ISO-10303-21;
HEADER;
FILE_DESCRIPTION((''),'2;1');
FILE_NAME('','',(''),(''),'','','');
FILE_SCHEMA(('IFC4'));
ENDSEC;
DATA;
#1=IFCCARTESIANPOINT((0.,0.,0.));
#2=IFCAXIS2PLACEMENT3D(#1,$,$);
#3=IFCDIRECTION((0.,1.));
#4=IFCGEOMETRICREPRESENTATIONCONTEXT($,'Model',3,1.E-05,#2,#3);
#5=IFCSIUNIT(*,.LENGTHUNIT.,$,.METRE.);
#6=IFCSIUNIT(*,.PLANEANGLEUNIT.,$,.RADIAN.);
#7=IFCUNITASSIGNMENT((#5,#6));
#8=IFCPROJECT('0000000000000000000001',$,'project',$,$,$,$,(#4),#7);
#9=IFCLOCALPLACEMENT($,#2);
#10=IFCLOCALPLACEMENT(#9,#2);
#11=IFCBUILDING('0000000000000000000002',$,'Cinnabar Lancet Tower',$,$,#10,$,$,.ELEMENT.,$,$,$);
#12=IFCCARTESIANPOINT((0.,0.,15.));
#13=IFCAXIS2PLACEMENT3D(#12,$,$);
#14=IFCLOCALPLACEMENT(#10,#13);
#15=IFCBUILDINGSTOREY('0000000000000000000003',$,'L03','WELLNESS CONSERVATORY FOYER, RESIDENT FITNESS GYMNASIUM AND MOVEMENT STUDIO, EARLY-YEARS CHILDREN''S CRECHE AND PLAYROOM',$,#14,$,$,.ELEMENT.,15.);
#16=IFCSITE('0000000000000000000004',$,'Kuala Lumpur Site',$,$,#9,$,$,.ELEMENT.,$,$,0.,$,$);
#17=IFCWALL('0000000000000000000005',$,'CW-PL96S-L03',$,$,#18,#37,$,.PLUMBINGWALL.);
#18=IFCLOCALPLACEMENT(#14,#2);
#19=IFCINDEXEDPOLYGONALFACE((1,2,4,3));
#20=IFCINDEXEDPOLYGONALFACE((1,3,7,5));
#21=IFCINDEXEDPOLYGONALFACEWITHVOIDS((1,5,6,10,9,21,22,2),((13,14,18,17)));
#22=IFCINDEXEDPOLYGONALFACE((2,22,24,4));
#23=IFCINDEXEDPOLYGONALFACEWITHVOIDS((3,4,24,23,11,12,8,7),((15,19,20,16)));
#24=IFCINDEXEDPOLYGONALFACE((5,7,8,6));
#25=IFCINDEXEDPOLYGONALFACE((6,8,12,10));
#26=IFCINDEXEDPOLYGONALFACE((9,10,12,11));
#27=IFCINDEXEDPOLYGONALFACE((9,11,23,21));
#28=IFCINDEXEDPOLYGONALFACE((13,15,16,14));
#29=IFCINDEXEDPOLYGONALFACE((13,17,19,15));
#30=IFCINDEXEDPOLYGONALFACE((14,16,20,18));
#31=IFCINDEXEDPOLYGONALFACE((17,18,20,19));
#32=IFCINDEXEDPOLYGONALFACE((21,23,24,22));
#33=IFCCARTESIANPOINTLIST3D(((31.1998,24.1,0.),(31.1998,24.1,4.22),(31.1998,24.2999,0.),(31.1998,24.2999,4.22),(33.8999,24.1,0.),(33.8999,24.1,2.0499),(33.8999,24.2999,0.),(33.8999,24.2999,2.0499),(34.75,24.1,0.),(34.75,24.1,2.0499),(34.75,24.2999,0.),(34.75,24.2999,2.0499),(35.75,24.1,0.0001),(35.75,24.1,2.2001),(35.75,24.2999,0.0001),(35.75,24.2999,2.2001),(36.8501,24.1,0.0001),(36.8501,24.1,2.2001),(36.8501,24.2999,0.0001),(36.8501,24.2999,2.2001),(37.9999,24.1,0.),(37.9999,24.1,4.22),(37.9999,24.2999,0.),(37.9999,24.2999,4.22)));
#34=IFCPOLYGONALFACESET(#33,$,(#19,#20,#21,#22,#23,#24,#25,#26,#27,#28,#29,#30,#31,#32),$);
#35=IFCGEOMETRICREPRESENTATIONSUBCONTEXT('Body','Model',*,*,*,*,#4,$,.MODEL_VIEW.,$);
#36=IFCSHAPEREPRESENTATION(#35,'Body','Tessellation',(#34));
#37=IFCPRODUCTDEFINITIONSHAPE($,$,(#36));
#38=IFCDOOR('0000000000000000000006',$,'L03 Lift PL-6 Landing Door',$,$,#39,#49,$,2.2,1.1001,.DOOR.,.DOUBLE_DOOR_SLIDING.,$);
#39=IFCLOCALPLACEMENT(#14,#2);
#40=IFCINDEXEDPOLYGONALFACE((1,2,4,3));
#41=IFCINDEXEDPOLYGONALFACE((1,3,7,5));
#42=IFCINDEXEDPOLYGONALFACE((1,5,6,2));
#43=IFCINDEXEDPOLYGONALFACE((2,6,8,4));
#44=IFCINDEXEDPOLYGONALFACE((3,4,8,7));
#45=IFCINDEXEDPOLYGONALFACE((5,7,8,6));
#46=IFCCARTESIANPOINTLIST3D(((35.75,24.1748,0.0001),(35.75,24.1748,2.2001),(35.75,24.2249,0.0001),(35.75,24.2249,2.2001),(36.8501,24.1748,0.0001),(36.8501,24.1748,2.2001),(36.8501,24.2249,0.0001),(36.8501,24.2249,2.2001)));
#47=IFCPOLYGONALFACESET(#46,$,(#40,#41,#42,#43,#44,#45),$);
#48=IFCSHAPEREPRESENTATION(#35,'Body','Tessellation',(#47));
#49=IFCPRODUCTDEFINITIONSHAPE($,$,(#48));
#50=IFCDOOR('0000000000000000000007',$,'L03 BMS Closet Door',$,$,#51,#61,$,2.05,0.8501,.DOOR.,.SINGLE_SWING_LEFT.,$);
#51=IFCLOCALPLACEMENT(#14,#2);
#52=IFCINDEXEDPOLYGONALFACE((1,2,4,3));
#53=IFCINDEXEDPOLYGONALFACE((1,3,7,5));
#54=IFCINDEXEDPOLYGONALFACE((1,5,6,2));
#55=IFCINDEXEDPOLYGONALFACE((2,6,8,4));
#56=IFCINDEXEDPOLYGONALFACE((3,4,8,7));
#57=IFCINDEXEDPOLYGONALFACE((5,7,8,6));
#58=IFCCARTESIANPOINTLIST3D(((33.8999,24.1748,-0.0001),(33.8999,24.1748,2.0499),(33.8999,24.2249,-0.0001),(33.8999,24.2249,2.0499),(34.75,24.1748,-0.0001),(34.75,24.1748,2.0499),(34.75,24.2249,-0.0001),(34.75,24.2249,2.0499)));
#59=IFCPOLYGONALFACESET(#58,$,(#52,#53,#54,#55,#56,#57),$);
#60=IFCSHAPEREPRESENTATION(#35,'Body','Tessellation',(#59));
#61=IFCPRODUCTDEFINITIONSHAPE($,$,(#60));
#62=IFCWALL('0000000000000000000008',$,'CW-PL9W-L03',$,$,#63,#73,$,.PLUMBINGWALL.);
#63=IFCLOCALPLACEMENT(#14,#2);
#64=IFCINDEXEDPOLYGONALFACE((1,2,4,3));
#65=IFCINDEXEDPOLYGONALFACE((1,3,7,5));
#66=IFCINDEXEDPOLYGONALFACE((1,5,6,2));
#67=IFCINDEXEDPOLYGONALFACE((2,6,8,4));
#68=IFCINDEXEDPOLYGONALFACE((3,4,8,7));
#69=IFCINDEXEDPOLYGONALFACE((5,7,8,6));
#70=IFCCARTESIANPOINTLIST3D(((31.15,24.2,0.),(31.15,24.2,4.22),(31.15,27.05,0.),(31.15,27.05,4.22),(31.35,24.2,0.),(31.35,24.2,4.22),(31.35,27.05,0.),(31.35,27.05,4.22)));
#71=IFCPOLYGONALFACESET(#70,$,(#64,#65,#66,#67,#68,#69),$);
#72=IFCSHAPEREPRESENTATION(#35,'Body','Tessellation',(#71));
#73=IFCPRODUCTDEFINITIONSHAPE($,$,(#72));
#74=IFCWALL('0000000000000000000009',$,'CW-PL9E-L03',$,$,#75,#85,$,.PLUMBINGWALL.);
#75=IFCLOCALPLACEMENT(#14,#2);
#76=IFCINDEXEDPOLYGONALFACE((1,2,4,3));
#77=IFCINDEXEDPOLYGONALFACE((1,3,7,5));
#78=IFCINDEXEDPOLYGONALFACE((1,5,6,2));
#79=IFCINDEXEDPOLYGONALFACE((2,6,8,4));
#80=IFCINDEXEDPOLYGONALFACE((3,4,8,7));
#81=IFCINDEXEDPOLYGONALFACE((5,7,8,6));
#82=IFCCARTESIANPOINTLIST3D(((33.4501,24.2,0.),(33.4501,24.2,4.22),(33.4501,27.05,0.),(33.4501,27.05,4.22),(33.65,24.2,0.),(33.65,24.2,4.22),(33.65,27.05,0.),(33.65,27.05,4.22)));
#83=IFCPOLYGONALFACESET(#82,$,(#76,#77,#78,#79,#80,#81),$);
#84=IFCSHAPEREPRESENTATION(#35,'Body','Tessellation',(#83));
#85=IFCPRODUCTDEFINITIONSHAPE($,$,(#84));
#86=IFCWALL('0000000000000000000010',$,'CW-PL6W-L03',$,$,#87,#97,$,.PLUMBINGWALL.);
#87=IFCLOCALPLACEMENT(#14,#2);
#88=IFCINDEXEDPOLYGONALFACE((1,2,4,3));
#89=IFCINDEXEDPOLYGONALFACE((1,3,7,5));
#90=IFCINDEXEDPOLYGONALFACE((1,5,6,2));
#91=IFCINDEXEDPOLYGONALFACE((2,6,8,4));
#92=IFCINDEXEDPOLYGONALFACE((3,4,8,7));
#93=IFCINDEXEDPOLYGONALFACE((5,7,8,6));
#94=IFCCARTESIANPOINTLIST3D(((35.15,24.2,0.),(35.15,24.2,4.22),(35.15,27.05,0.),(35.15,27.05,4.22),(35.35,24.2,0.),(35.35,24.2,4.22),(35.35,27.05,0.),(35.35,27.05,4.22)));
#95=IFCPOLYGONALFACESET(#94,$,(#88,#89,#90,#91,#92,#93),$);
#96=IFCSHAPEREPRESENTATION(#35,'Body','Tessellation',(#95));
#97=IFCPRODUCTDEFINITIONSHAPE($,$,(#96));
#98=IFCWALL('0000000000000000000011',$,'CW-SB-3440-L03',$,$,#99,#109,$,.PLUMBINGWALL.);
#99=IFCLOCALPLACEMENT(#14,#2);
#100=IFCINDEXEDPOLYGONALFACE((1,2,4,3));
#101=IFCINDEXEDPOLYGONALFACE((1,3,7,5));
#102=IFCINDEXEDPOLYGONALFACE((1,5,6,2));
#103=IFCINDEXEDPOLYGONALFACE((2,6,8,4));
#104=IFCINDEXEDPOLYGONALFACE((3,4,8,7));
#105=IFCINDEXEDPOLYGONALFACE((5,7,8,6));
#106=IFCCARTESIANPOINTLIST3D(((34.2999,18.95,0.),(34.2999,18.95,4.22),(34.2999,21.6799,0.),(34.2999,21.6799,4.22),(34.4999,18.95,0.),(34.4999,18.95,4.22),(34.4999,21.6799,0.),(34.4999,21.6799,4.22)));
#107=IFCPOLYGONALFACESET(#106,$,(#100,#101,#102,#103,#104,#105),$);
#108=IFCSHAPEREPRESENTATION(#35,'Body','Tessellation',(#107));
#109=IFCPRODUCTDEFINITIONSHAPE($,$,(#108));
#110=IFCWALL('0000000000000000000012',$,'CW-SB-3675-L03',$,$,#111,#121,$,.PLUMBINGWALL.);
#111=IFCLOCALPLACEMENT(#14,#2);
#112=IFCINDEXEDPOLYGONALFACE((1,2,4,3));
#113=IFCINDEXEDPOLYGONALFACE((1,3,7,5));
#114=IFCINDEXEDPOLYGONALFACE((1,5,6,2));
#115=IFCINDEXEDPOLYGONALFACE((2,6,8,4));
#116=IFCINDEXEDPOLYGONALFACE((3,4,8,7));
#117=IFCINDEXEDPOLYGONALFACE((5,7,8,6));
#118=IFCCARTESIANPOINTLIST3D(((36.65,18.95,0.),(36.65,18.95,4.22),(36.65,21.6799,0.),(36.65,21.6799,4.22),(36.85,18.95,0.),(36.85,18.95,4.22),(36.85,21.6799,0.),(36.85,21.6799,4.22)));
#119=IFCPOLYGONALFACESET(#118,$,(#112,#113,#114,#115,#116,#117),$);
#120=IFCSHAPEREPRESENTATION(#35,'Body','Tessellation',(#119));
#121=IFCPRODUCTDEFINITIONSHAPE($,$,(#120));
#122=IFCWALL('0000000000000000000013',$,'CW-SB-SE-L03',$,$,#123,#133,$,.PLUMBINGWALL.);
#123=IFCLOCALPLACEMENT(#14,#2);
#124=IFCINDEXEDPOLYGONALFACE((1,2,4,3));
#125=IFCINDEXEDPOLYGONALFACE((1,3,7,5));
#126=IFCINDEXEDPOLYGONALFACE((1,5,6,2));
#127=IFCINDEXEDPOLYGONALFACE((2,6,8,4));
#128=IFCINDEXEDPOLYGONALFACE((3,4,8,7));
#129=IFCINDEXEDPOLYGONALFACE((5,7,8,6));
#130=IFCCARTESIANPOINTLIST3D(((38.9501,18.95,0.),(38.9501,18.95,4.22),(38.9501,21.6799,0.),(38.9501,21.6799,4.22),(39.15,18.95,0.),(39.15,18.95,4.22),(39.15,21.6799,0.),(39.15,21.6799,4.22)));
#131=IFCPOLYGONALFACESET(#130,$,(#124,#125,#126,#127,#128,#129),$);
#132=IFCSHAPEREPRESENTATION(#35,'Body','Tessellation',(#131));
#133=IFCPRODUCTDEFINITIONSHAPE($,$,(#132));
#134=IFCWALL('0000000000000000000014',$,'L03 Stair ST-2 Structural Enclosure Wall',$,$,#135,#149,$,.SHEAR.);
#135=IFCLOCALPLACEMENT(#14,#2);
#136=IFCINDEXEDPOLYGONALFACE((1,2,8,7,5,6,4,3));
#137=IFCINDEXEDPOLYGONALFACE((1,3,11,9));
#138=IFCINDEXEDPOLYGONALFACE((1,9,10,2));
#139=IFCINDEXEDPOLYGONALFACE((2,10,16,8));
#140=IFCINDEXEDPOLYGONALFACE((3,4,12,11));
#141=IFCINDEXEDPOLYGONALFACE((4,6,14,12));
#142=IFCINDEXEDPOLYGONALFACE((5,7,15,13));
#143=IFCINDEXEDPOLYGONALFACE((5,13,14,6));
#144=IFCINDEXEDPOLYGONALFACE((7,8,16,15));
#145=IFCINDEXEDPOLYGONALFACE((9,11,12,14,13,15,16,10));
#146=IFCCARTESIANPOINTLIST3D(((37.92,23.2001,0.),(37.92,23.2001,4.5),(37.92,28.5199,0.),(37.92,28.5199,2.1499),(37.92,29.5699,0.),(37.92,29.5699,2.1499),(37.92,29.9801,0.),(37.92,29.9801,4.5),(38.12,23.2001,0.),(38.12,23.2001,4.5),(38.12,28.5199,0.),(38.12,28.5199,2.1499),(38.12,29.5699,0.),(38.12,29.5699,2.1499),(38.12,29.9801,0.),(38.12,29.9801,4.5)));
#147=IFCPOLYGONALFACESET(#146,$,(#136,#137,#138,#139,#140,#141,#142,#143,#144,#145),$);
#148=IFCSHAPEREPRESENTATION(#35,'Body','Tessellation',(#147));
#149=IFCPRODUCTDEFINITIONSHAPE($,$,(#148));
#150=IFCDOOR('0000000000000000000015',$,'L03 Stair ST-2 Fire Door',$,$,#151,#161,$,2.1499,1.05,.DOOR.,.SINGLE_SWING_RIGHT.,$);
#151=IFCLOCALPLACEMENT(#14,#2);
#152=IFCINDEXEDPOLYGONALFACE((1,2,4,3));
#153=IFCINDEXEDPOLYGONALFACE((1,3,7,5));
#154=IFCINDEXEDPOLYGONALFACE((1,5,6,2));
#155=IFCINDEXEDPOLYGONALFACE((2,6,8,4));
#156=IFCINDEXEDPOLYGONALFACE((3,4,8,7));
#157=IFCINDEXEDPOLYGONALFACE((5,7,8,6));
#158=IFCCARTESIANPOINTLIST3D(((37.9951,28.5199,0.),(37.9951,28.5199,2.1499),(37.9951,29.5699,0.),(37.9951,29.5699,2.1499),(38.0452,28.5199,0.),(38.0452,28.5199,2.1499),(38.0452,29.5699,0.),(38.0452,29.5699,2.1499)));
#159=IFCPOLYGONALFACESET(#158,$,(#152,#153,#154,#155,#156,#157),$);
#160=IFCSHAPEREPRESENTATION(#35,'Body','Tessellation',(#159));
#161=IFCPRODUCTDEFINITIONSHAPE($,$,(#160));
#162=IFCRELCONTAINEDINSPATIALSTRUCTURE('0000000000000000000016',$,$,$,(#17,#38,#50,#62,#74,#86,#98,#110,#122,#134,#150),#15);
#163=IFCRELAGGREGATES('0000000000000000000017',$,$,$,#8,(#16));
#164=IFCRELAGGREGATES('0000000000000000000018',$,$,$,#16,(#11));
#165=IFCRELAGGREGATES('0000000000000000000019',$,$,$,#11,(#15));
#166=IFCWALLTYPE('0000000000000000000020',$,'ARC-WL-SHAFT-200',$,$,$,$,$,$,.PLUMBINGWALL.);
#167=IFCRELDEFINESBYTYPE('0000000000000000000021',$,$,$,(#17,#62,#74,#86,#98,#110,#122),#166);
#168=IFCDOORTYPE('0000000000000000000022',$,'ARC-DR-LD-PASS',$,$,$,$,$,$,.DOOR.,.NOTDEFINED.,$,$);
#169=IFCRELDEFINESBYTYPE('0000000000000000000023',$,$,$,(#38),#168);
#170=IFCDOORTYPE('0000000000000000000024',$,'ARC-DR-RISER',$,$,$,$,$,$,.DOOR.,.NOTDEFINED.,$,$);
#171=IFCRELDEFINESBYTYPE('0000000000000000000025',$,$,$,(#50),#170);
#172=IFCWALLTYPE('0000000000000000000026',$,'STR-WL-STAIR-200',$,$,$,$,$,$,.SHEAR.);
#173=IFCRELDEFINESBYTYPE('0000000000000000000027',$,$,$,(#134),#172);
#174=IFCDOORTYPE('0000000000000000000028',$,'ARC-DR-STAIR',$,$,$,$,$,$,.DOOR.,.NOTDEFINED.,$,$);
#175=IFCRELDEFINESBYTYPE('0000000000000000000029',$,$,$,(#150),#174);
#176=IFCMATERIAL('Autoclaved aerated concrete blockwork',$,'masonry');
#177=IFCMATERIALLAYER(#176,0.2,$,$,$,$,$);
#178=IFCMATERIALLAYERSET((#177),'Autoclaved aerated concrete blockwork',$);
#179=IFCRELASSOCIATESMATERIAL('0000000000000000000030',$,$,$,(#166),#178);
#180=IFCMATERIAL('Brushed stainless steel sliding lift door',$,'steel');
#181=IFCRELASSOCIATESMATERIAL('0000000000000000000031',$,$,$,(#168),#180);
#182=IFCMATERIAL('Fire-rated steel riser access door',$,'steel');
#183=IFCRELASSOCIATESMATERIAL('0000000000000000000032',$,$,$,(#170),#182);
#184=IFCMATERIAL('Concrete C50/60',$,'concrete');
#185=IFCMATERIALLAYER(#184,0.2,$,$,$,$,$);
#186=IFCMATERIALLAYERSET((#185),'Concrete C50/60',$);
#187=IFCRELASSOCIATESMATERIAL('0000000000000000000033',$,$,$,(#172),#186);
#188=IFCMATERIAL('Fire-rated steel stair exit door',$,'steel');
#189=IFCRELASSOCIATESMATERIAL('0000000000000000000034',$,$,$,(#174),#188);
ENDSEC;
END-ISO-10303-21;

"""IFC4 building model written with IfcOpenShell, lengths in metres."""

from ifc_helpers import new_model, si_unit, direction, frame, frame_2d, origin, place, context, subcontext, project, spatial, rectangle, extrude, material, layer, layer_set, type_object, element, fill, save


model = new_model("IFC4")

# Units and contexts
model_context = context("Model", 3, precision=1e-05, world=origin(), true_north=direction((0.0, 1.0)))
body_context = subcontext(model_context, "Body", "Model", "MODEL_VIEW")
ifc_project = project(units=[si_unit("LENGTHUNIT", "METRE"), si_unit("PLANEANGLEUNIT", "RADIAN")], contexts=[model_context])

# Site, building, storey
site_placement = place(None, origin())
site = spatial("IfcSite", under=ifc_project, at=site_placement, Name="Kuala Lumpur Site", CompositionType="ELEMENT", RefElevation=0.0)
building_placement = place(site_placement, origin())
building = spatial("IfcBuilding", under=site, at=building_placement, Name="Cinnabar Lancet Tower", CompositionType="ELEMENT")
storey_placement = place(building_placement, frame((0.0, 0.0, 15.0)))
storey = spatial("IfcBuildingStorey", under=building, at=storey_placement, Name="L03", Description="WELLNESS CONSERVATORY FOYER, RESIDENT FITNESS GYMNASIUM AND MOVEMENT STUDIO, EARLY-YEARS CHILDREN'S CRECHE AND PLAYROOM", CompositionType="ELEMENT", Elevation=15.0)

# Shared definitions
ifc_material_1 = material(Name="Autoclaved aerated concrete blockwork", Category="masonry")
ifc_layer_1 = layer(ifc_material_1, 0.2)
ifc_layer_set_1 = layer_set([ifc_layer_1], Name="Autoclaved aerated concrete blockwork")
wall_type_1 = type_object("IfcWallType", Name="ARC-WL-SHAFT-200", PredefinedType="PLUMBINGWALL", material=ifc_layer_set_1)

# Wall, openings, doors
wall_1_placement = place(storey_placement, frame((31.2, 24.2, 0.0), z_axis=(0.0, 0.0, 1.0), x_axis=(1.0, 0.0, 0.0)))
wall_1 = element("IfcWall", 1, at=wall_1_placement, inside=storey, type_object=wall_type_1, Name="CW-PL96S-L03", PredefinedType="PLUMBINGWALL", context=body_context, shape_type="SweptSolid", body=[
    extrude(rectangle(XDim=6.8, YDim=0.2, at=frame_2d((3.3999, 0.0))), origin(), (0.0, 0.0, 1.0), 4.22),
])
opening_1_placement = place(wall_1_placement, frame((2.7, 0.0, 0.0)))
opening_1 = element("IfcOpeningElement", 2, at=opening_1_placement, cuts=wall_1, PredefinedType="OPENING", context=body_context, shape_type="SweptSolid", body=[
    extrude(rectangle(XDim=0.8501, YDim=2.05, at=frame_2d((0.425, 1.0249))), frame((0.0, 0.1099, 0.0), z_axis=(0.0, -1.0, 0.0), x_axis=(1.0, 0.0, 0.0)), (0.0, 0.0, 1.0), 0.22),
])
opening_2_placement = place(wall_1_placement, frame((4.55, 0.0, 0.0)))
opening_2 = element("IfcOpeningElement", 3, at=opening_2_placement, cuts=wall_1, PredefinedType="OPENING", context=body_context, shape_type="SweptSolid", body=[
    extrude(rectangle(XDim=1.1001, YDim=2.2, at=frame_2d((0.55, 1.1001))), frame((0.0, 0.1099, 0.0), z_axis=(0.0, -1.0, 0.0), x_axis=(1.0, 0.0, 0.0)), (0.0, 0.0, 1.0), 0.22),
])
ifc_material_2 = material(Name="Brushed stainless steel sliding lift door", Category="steel")
door_type_1 = type_object("IfcDoorType", Name="ARC-DR-LD-PASS", OperationType="NOTDEFINED", PredefinedType="DOOR", material=ifc_material_2)
door_1_placement = place(opening_2_placement, origin())
door_1 = element("IfcDoor", 4, at=door_1_placement, inside=storey, type_object=door_type_1, Name="L03 Lift PL-6 Landing Door", OperationType="DOUBLE_DOOR_SLIDING", OverallHeight=2.2, OverallWidth=1.1001, PredefinedType="DOOR", context=body_context, shape_type="SweptSolid", body=[
    extrude(rectangle(XDim=1.1001, YDim=2.2, at=frame_2d((0.55, 1.1001))), frame((0.0, 0.0249, 0.0), z_axis=(0.0, -1.0, 0.0), x_axis=(1.0, 0.0, 0.0)), (0.0, 0.0, 1.0), 0.05),
])
fill(opening_2, door_1)
ifc_material_3 = material(Name="Fire-rated steel riser access door", Category="steel")
door_type_2 = type_object("IfcDoorType", Name="ARC-DR-RISER", OperationType="NOTDEFINED", PredefinedType="DOOR", material=ifc_material_3)
door_2_placement = place(opening_1_placement, origin())
door_2 = element("IfcDoor", 5, at=door_2_placement, inside=storey, type_object=door_type_2, Name="L03 BMS Closet Door", OperationType="SINGLE_SWING_LEFT", OverallHeight=2.05, OverallWidth=0.8501, PredefinedType="DOOR", context=body_context, shape_type="SweptSolid", body=[
    extrude(rectangle(XDim=0.8501, YDim=2.05, at=frame_2d((0.425, 1.0249))), frame((0.0, 0.0249, 0.0), z_axis=(0.0, -1.0, 0.0), x_axis=(1.0, 0.0, 0.0)), (0.0, 0.0, 1.0), 0.05),
])
fill(opening_1, door_2)

# Walls
for number, where, z_axis, x_axis, name in (
    (6, (31.25, 24.2, 0.0), (0.0, 0.0, 1.0), (0.0, 1.0, 0.0), "CW-PL9W-L03"),
    (7, (33.55, 24.2, 0.0), (0.0, 0.0, 1.0), (0.0, 1.0, 0.0), "CW-PL9E-L03"),
    (8, (35.25, 24.2, 0.0), (0.0, 0.0, 1.0), (0.0, 1.0, 0.0), "CW-PL6W-L03"),
):
    element("IfcWall", number, at=place(storey_placement, frame(where, z_axis=z_axis, x_axis=x_axis)), inside=storey, type_object=wall_type_1, Name=name, PredefinedType="PLUMBINGWALL", context=body_context, shape_type="SweptSolid", body=[
        extrude(rectangle(XDim=2.8501, YDim=0.2, at=frame_2d((1.425, 0.0))), origin(), (0.0, 0.0, 1.0), 4.22),
    ])
for number, where, z_axis, x_axis, name in (
    (9, (34.3999, 18.95, 0.0), (0.0, 0.0, 1.0), (0.0, 1.0, 0.0), "CW-SB-3440-L03"),
    (10, (36.75, 18.95, 0.0), (0.0, 0.0, 1.0), (0.0, 1.0, 0.0), "CW-SB-3675-L03"),
    (11, (39.05, 18.95, 0.0), (0.0, 0.0, 1.0), (0.0, 1.0, 0.0), "CW-SB-SE-L03"),
):
    element("IfcWall", number, at=place(storey_placement, frame(where, z_axis=z_axis, x_axis=x_axis)), inside=storey, type_object=wall_type_1, Name=name, PredefinedType="PLUMBINGWALL", context=body_context, shape_type="SweptSolid", body=[
        extrude(rectangle(XDim=2.73, YDim=0.2, at=frame_2d((1.365, 0.0))), origin(), (0.0, 0.0, 1.0), 4.22),
    ])

# Wall, opening, door
ifc_material_4 = material(Name="Concrete C50/60", Category="concrete")
ifc_layer_2 = layer(ifc_material_4, 0.2)
ifc_layer_set_2 = layer_set([ifc_layer_2], Name="Concrete C50/60")
wall_type_2 = type_object("IfcWallType", Name="STR-WL-STAIR-200", PredefinedType="SHEAR", material=ifc_layer_set_2)
wall_2_placement = place(storey_placement, frame((38.02, 23.2, 0.0), z_axis=(0.0, 0.0, 1.0), x_axis=(0.0, 1.0, 0.0)))
wall_2 = element("IfcWall", 12, at=wall_2_placement, inside=storey, type_object=wall_type_2, Name="L03 Stair ST-2 Structural Enclosure Wall", PredefinedType="SHEAR", context=body_context, shape_type="SweptSolid", body=[
    extrude(rectangle(XDim=6.78, YDim=0.2, at=frame_2d((3.3901, 0.0))), origin(), (0.0, 0.0, 1.0), 4.5),
])
opening_3_placement = place(wall_2_placement, frame((5.3201, 0.0, 0.0)))
opening_3 = element("IfcOpeningElement", 13, at=opening_3_placement, cuts=wall_2, PredefinedType="OPENING", context=body_context, shape_type="SweptSolid", body=[
    extrude(rectangle(XDim=1.05, YDim=2.1499, at=frame_2d((0.5249, 1.075))), frame((0.0, 0.1099, 0.0), z_axis=(0.0, -1.0, 0.0), x_axis=(1.0, 0.0, 0.0)), (0.0, 0.0, 1.0), 0.22),
])
ifc_material_5 = material(Name="Fire-rated steel stair exit door", Category="steel")
door_type_3 = type_object("IfcDoorType", Name="ARC-DR-STAIR", OperationType="NOTDEFINED", PredefinedType="DOOR", material=ifc_material_5)
door_3_placement = place(opening_3_placement, origin())
door_3 = element("IfcDoor", 14, at=door_3_placement, inside=storey, type_object=door_type_3, Name="L03 Stair ST-2 Fire Door", OperationType="SINGLE_SWING_RIGHT", OverallHeight=2.1499, OverallWidth=1.05, PredefinedType="DOOR", context=body_context, shape_type="SweptSolid", body=[
    extrude(rectangle(XDim=1.05, YDim=2.1499, at=frame_2d((0.5249, 1.075))), frame((0.0, 0.0249, 0.0), z_axis=(0.0, -1.0, 0.0), x_axis=(1.0, 0.0, 0.0)), (0.0, 0.0, 1.0), 0.05),
])
fill(opening_3, door_3)

save(model, "model.ifc")
